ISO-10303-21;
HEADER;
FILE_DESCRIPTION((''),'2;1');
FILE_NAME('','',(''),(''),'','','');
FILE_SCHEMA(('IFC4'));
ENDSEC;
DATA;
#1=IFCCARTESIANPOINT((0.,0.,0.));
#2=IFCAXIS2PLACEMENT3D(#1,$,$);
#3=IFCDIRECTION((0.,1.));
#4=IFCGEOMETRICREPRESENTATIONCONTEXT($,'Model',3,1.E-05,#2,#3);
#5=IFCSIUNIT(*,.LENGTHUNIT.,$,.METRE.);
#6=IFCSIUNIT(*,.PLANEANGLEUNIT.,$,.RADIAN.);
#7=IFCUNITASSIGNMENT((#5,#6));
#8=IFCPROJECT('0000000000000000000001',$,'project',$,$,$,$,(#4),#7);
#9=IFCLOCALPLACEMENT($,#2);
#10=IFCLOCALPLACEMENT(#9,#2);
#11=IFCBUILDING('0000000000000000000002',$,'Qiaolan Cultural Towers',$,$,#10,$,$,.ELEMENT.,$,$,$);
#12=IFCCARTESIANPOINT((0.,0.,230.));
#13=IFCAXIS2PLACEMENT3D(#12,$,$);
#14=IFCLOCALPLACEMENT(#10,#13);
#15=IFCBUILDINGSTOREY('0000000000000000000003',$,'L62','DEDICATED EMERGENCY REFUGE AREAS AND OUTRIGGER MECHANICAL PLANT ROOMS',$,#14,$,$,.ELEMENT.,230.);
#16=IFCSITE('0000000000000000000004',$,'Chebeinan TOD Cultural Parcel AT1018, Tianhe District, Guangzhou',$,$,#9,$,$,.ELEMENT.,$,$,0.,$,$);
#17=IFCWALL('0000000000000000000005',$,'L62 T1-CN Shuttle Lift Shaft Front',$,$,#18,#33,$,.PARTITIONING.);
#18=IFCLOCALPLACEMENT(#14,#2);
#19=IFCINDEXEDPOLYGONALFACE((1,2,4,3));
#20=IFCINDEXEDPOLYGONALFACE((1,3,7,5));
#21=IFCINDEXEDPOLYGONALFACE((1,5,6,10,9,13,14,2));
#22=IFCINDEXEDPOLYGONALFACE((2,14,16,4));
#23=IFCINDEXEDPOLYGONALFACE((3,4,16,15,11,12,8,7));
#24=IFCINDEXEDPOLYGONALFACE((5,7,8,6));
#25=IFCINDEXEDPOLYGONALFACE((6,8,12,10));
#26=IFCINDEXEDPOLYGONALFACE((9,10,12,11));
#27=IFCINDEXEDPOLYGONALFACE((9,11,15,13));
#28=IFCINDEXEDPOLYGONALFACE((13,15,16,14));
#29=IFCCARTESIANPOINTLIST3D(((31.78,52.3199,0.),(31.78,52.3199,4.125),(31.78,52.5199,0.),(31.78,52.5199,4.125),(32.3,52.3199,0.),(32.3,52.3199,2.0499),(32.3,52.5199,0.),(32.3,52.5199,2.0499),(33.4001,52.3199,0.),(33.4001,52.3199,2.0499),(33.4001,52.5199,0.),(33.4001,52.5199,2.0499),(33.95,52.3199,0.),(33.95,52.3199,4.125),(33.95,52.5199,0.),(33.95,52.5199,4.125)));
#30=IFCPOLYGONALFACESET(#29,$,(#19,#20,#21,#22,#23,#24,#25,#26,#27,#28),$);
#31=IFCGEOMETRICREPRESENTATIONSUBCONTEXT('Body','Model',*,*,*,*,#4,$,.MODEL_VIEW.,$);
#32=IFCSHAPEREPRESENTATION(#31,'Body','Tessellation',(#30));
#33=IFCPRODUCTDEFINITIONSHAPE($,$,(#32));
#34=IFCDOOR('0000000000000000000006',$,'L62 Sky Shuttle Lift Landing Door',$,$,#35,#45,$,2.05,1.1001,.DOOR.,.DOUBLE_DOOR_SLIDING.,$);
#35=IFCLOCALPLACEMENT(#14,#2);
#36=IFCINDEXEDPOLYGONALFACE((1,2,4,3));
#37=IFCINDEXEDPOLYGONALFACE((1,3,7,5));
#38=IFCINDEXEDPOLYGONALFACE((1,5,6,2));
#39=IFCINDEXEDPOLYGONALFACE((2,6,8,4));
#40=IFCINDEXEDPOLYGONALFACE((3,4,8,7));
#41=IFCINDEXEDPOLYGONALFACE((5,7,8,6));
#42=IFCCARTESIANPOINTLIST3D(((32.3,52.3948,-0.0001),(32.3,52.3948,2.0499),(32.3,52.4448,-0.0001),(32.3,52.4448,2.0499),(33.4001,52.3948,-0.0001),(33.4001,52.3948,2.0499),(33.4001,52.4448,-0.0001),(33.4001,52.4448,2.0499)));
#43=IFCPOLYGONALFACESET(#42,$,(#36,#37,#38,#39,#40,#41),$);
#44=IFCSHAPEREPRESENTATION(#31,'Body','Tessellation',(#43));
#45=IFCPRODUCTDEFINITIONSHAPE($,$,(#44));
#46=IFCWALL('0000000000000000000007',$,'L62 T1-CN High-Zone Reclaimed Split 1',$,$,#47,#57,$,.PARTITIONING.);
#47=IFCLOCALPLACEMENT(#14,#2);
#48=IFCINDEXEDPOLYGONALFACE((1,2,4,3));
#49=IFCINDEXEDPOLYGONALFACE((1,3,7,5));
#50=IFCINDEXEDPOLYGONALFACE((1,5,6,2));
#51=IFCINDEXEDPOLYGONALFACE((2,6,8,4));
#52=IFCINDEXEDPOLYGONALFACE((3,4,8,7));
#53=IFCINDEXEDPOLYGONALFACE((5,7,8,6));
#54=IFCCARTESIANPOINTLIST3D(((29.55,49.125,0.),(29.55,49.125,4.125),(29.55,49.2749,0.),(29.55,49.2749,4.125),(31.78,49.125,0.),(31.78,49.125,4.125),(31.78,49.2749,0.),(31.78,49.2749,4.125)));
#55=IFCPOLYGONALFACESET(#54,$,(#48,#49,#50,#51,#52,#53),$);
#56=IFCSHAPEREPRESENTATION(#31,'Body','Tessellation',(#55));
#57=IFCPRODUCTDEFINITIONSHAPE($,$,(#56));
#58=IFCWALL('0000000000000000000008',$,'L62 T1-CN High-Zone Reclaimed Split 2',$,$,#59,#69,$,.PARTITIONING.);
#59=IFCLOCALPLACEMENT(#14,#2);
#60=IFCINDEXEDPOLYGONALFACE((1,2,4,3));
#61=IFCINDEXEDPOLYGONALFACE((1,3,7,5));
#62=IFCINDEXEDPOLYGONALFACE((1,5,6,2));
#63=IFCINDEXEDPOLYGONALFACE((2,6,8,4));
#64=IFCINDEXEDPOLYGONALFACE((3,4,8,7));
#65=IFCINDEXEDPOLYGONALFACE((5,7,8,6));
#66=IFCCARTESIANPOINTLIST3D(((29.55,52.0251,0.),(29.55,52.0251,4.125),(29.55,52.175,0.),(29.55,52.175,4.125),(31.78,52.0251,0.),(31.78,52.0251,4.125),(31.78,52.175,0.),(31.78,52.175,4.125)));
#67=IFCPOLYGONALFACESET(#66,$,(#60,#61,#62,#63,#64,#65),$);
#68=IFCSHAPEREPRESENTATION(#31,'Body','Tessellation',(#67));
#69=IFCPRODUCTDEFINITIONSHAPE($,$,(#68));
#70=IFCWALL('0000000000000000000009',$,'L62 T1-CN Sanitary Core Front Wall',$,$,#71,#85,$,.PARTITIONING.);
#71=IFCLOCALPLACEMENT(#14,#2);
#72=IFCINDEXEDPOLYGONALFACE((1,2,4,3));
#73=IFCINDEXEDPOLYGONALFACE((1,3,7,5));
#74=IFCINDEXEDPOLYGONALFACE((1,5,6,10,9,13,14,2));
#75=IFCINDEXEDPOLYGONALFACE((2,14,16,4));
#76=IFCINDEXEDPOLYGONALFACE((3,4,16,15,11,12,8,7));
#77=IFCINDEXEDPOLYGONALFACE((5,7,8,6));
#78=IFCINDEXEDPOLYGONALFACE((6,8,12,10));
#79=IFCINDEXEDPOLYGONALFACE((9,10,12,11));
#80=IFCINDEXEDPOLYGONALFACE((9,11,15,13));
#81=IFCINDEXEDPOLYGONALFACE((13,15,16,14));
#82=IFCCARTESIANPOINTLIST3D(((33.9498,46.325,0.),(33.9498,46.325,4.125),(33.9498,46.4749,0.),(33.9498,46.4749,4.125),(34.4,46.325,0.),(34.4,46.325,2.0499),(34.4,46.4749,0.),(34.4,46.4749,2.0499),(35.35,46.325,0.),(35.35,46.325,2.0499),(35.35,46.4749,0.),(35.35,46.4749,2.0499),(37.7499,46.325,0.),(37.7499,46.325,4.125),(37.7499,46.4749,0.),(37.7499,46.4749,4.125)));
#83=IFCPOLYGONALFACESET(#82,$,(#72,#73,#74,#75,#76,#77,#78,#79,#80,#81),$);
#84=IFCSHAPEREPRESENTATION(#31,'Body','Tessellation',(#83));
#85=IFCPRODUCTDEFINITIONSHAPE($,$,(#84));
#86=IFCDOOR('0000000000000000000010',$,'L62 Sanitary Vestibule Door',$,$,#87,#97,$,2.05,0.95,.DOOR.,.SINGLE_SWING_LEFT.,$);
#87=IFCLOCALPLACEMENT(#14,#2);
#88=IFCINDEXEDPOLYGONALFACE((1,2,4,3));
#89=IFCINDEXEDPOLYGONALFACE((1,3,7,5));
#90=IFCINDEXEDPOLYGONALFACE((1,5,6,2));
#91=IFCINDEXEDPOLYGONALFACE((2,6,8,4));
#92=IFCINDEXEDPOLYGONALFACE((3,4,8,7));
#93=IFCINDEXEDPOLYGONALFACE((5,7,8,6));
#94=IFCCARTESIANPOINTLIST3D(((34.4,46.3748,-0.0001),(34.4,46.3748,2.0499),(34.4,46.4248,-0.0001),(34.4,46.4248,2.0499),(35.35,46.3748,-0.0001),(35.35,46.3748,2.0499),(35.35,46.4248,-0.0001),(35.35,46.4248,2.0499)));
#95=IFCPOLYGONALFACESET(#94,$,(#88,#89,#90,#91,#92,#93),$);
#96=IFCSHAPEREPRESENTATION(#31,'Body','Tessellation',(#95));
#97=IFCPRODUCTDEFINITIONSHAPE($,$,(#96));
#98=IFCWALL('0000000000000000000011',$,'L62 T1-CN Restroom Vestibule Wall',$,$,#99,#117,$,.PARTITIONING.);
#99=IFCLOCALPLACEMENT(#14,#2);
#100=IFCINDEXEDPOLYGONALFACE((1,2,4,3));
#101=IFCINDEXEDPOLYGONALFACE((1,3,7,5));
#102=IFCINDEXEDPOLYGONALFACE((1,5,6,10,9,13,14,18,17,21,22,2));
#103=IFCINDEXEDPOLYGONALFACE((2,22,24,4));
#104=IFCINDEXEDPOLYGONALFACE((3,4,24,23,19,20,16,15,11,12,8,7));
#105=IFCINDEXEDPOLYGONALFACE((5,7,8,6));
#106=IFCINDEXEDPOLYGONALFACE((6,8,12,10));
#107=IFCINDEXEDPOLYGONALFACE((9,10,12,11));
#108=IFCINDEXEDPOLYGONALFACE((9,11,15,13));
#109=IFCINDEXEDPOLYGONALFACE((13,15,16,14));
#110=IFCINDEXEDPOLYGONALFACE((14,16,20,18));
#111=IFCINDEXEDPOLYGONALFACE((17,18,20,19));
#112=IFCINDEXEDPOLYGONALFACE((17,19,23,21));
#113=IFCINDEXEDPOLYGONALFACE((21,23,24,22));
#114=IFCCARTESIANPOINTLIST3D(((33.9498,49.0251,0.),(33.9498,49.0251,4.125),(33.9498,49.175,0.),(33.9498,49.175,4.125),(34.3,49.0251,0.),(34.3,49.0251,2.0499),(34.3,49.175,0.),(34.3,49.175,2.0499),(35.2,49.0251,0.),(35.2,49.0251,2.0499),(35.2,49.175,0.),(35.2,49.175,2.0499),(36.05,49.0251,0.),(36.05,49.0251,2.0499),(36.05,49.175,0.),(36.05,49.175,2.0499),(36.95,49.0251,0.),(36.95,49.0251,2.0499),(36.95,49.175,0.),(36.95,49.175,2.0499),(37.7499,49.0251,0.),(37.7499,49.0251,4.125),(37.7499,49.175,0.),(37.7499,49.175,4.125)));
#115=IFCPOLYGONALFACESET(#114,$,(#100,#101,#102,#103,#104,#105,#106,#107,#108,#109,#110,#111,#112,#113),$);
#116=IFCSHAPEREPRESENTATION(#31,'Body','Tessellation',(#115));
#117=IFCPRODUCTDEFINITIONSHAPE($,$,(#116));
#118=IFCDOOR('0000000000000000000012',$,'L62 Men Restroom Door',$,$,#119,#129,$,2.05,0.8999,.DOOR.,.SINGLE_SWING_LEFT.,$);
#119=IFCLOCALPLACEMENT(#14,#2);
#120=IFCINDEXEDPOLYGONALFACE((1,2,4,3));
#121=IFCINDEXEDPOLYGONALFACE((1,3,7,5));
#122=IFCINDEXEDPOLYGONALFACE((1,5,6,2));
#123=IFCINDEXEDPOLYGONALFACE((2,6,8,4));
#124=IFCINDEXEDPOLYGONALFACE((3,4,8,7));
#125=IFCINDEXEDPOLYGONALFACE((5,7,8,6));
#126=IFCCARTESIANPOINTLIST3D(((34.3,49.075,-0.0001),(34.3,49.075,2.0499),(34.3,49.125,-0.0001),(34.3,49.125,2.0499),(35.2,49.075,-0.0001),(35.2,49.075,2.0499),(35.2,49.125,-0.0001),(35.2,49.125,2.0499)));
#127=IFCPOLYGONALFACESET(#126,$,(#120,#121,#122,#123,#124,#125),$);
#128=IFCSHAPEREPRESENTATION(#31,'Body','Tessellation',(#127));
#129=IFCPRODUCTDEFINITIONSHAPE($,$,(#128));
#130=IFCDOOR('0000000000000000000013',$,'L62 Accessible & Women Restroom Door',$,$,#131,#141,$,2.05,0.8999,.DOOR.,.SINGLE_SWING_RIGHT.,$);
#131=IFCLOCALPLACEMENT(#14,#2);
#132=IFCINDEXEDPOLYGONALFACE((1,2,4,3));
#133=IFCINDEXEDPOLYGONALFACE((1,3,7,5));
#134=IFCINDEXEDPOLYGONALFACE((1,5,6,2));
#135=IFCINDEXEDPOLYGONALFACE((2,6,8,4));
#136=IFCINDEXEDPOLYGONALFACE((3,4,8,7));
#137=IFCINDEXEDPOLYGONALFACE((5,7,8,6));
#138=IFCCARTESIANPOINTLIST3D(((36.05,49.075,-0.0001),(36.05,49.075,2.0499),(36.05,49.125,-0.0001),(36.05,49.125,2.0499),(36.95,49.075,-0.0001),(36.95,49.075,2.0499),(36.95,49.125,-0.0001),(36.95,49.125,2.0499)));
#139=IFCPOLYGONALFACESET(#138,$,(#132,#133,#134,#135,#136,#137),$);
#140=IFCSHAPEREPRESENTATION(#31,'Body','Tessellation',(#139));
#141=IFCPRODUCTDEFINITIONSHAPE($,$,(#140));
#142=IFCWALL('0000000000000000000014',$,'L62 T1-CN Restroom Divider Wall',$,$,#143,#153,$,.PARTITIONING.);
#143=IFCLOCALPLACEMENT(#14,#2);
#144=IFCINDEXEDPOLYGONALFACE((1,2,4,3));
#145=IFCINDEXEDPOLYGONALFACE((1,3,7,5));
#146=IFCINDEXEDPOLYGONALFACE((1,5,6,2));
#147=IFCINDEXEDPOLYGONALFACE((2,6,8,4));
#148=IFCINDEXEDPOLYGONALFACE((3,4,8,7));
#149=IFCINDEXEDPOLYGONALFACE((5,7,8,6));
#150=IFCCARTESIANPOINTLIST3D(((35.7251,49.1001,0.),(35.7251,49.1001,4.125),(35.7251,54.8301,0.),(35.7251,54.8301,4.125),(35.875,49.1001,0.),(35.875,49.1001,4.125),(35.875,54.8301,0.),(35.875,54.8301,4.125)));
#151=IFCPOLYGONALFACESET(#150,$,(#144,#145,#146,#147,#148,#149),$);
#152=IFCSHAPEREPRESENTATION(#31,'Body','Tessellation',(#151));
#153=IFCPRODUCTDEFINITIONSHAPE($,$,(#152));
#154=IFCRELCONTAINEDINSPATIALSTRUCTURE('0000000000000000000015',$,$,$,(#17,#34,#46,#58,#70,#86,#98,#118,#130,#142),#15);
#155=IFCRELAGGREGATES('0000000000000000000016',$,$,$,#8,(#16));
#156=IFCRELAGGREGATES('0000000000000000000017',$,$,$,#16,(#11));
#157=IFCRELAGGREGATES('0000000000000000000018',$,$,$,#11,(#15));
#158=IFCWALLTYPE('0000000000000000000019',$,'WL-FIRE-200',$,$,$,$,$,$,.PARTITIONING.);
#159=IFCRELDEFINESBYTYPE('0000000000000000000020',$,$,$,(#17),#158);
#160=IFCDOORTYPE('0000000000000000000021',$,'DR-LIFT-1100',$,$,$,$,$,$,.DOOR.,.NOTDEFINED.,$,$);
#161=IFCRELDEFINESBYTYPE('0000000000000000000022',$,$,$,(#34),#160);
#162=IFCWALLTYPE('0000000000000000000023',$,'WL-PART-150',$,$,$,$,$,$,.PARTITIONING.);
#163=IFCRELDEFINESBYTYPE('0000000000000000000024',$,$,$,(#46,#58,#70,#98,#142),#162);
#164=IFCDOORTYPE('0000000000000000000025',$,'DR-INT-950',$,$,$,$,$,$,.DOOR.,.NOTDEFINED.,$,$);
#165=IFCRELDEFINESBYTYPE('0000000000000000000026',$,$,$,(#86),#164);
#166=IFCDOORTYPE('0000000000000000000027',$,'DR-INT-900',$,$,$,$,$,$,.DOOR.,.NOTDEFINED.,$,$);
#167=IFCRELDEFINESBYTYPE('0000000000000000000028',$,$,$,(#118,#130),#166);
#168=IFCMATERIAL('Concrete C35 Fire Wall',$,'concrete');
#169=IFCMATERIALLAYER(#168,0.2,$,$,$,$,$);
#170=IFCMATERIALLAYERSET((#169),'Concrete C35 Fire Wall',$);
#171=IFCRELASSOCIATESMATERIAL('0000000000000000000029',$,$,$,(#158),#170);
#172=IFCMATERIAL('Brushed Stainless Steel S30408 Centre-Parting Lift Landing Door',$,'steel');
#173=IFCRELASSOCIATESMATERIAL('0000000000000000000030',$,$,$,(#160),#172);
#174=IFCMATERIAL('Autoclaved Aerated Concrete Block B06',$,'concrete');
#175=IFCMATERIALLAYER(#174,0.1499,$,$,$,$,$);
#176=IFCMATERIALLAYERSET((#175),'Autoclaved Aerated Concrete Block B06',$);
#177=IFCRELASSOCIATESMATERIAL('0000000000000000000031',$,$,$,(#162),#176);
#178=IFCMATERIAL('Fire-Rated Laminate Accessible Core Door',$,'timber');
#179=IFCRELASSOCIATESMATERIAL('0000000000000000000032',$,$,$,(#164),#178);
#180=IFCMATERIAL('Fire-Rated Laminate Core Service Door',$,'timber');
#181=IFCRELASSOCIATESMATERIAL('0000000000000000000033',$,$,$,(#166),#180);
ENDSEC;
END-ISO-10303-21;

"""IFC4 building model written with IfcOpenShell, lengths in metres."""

from ifc_helpers import new_model, si_unit, direction, frame, frame_2d, origin, place, context, subcontext, project, spatial, rectangle, extrude, material, layer, layer_set, type_object, element, fill, save


model = new_model("IFC4")

# Units and contexts
model_context = context("Model", 3, precision=1e-05, world=origin(), true_north=direction((0.0, 1.0)))
body_context = subcontext(model_context, "Body", "Model", "MODEL_VIEW")
ifc_project = project(units=[si_unit("LENGTHUNIT", "METRE"), si_unit("PLANEANGLEUNIT", "RADIAN")], contexts=[model_context])

# Site, building, storey
site_placement = place(None, origin())
site = spatial("IfcSite", under=ifc_project, at=site_placement, Name="Chebeinan TOD Cultural Parcel AT1018, Tianhe District, Guangzhou", CompositionType="ELEMENT", RefElevation=0.0)
building_placement = place(site_placement, origin())
building = spatial("IfcBuilding", under=site, at=building_placement, Name="Qiaolan Cultural Towers", CompositionType="ELEMENT")
storey_placement = place(building_placement, frame((0.0, 0.0, 230.0)))
storey = spatial("IfcBuildingStorey", under=building, at=storey_placement, Name="L62", Description="DEDICATED EMERGENCY REFUGE AREAS AND OUTRIGGER MECHANICAL PLANT ROOMS", CompositionType="ELEMENT", Elevation=230.0)

# Shared definitions
ifc_material_1 = material(Name="Concrete C35 Fire Wall", Category="concrete")
ifc_layer_1 = layer(ifc_material_1, 0.2)
ifc_layer_set_1 = layer_set([ifc_layer_1], Name="Concrete C35 Fire Wall")
wall_type_1 = type_object("IfcWallType", Name="WL-FIRE-200", PredefinedType="PARTITIONING", material=ifc_layer_set_1)
ifc_material_2 = material(Name="Brushed Stainless Steel S30408 Centre-Parting Lift Landing Door", Category="steel")
door_type_1 = type_object("IfcDoorType", Name="DR-LIFT-1100", OperationType="NOTDEFINED", PredefinedType="DOOR", material=ifc_material_2)

# Wall, opening, door
wall_1_placement = place(storey_placement, frame((31.78, 52.4199, 0.0), z_axis=(0.0, 0.0, 1.0), x_axis=(1.0, 0.0, 0.0)))
wall_1 = element("IfcWall", 1, at=wall_1_placement, inside=storey, type_object=wall_type_1, Name="L62 T1-CN Shuttle Lift Shaft Front", PredefinedType="PARTITIONING", context=body_context, shape_type="SweptSolid", body=[
    extrude(rectangle(XDim=2.1699, YDim=0.2, at=frame_2d((1.085, 0.0))), origin(), (0.0, 0.0, 1.0), 4.125),
])
opening_1_placement = place(wall_1_placement, frame((0.52, 0.0, 0.0)))
opening_1 = element("IfcOpeningElement", 2, at=opening_1_placement, cuts=wall_1, PredefinedType="OPENING", context=body_context, shape_type="SweptSolid", body=[
    extrude(rectangle(XDim=1.1001, YDim=2.05, at=frame_2d((0.55, 1.0249))), frame((0.0, 0.1099, 0.0), z_axis=(0.0, -1.0, 0.0), x_axis=(1.0, 0.0, 0.0)), (0.0, 0.0, 1.0), 0.22),
])
door_1_placement = place(opening_1_placement, origin())
door_1 = element("IfcDoor", 3, at=door_1_placement, inside=storey, type_object=door_type_1, Name="L62 Sky Shuttle Lift Landing Door", OperationType="DOUBLE_DOOR_SLIDING", OverallHeight=2.05, OverallWidth=1.1001, PredefinedType="DOOR", context=body_context, shape_type="SweptSolid", body=[
    extrude(rectangle(XDim=1.1001, YDim=2.05, at=frame_2d((0.55, 1.0249))), frame((0.0, 0.0249, 0.0), z_axis=(0.0, -1.0, 0.0), x_axis=(1.0, 0.0, 0.0)), (0.0, 0.0, 1.0), 0.05),
])
fill(opening_1, door_1)

# Walls
ifc_material_3 = material(Name="Autoclaved Aerated Concrete Block B06", Category="concrete")
ifc_layer_2 = layer(ifc_material_3, 0.1499)
ifc_layer_set_2 = layer_set([ifc_layer_2], Name="Autoclaved Aerated Concrete Block B06")
wall_type_2 = type_object("IfcWallType", Name="WL-PART-150", PredefinedType="PARTITIONING", material=ifc_layer_set_2)
for number, where, z_axis, x_axis, name in (
    (4, (29.55, 49.2, 0.0), (0.0, 0.0, 1.0), (1.0, 0.0, 0.0), "L62 T1-CN High-Zone Reclaimed Split 1"),
    (5, (29.55, 52.1001, 0.0), (0.0, 0.0, 1.0), (1.0, 0.0, 0.0), "L62 T1-CN High-Zone Reclaimed Split 2"),
):
    element("IfcWall", number, at=place(storey_placement, frame(where, z_axis=z_axis, x_axis=x_axis)), inside=storey, type_object=wall_type_2, Name=name, PredefinedType="PARTITIONING", context=body_context, shape_type="SweptSolid", body=[
        extrude(rectangle(XDim=2.23, YDim=0.1499, at=frame_2d((1.115, 0.0))), origin(), (0.0, 0.0, 1.0), 4.125),
    ])

# Wall, opening, door
wall_2_placement = place(storey_placement, frame((33.95, 46.3999, 0.0), z_axis=(0.0, 0.0, 1.0), x_axis=(1.0, 0.0, 0.0)))
wall_2 = element("IfcWall", 6, at=wall_2_placement, inside=storey, type_object=wall_type_2, Name="L62 T1-CN Sanitary Core Front Wall", PredefinedType="PARTITIONING", context=body_context, shape_type="SweptSolid", body=[
    extrude(rectangle(XDim=3.8, YDim=0.1499, at=frame_2d((1.8999, 0.0))), origin(), (0.0, 0.0, 1.0), 4.125),
])
opening_2_placement = place(wall_2_placement, frame((0.45, 0.0, 0.0)))
opening_2 = element("IfcOpeningElement", 7, at=opening_2_placement, cuts=wall_2, PredefinedType="OPENING", context=body_context, shape_type="SweptSolid", body=[
    extrude(rectangle(XDim=0.95, YDim=2.05, at=frame_2d((0.4751, 1.0249))), frame((0.0, 0.085, 0.0), z_axis=(0.0, -1.0, 0.0), x_axis=(1.0, 0.0, 0.0)), (0.0, 0.0, 1.0), 0.1699),
])
ifc_material_4 = material(Name="Fire-Rated Laminate Accessible Core Door", Category="timber")
door_type_2 = type_object("IfcDoorType", Name="DR-INT-950", OperationType="NOTDEFINED", PredefinedType="DOOR", material=ifc_material_4)
door_2_placement = place(opening_2_placement, origin())
door_2 = element("IfcDoor", 8, at=door_2_placement, inside=storey, type_object=door_type_2, Name="L62 Sanitary Vestibule Door", OperationType="SINGLE_SWING_LEFT", OverallHeight=2.05, OverallWidth=0.95, PredefinedType="DOOR", context=body_context, shape_type="SweptSolid", body=[
    extrude(rectangle(XDim=0.95, YDim=2.05, at=frame_2d((0.4751, 1.0249))), frame((0.0, 0.0249, 0.0), z_axis=(0.0, -1.0, 0.0), x_axis=(1.0, 0.0, 0.0)), (0.0, 0.0, 1.0), 0.05),
])
fill(opening_2, door_2)

# Wall, openings, doors
wall_3_placement = place(storey_placement, frame((33.95, 49.1001, 0.0), z_axis=(0.0, 0.0, 1.0), x_axis=(1.0, 0.0, 0.0)))
wall_3 = element("IfcWall", 9, at=wall_3_placement, inside=storey, type_object=wall_type_2, Name="L62 T1-CN Restroom Vestibule Wall", PredefinedType="PARTITIONING", context=body_context, shape_type="SweptSolid", body=[
    extrude(rectangle(XDim=3.8, YDim=0.1499, at=frame_2d((1.8999, 0.0))), origin(), (0.0, 0.0, 1.0), 4.125),
])
opening_3_placement = place(wall_3_placement, frame((0.3501, 0.0, 0.0)))
opening_3 = element("IfcOpeningElement", 10, at=opening_3_placement, cuts=wall_3, PredefinedType="OPENING", context=body_context, shape_type="SweptSolid", body=[
    extrude(rectangle(XDim=0.8999, YDim=2.05, at=frame_2d((0.45, 1.0249))), frame((0.0, 0.085, 0.0), z_axis=(0.0, -1.0, 0.0), x_axis=(1.0, 0.0, 0.0)), (0.0, 0.0, 1.0), 0.1699),
])
opening_4_placement = place(wall_3_placement, frame((2.1001, 0.0, 0.0)))
opening_4 = element("IfcOpeningElement", 11, at=opening_4_placement, cuts=wall_3, PredefinedType="OPENING", context=body_context, shape_type="SweptSolid", body=[
    extrude(rectangle(XDim=0.8999, YDim=2.05, at=frame_2d((0.45, 1.0249))), frame((0.0, 0.085, 0.0), z_axis=(0.0, -1.0, 0.0), x_axis=(1.0, 0.0, 0.0)), (0.0, 0.0, 1.0), 0.1699),
])
ifc_material_5 = material(Name="Fire-Rated Laminate Core Service Door", Category="timber")
door_type_3 = type_object("IfcDoorType", Name="DR-INT-900", OperationType="NOTDEFINED", PredefinedType="DOOR", material=ifc_material_5)
door_3_placement = place(opening_3_placement, origin())
door_3 = element("IfcDoor", 12, at=door_3_placement, inside=storey, type_object=door_type_3, Name="L62 Men Restroom Door", OperationType="SINGLE_SWING_LEFT", OverallHeight=2.05, OverallWidth=0.8999, PredefinedType="DOOR", context=body_context, shape_type="SweptSolid", body=[
    extrude(rectangle(XDim=0.8999, YDim=2.05, at=frame_2d((0.45, 1.0249))), frame((0.0, 0.0249, 0.0), z_axis=(0.0, -1.0, 0.0), x_axis=(1.0, 0.0, 0.0)), (0.0, 0.0, 1.0), 0.05),
])
fill(opening_3, door_3)
door_4_placement = place(opening_4_placement, origin())
door_4 = element("IfcDoor", 13, at=door_4_placement, inside=storey, type_object=door_type_3, Name="L62 Accessible & Women Restroom Door", OperationType="SINGLE_SWING_RIGHT", OverallHeight=2.05, OverallWidth=0.8999, PredefinedType="DOOR", context=body_context, shape_type="SweptSolid", body=[
    extrude(rectangle(XDim=0.8999, YDim=2.05, at=frame_2d((0.45, 1.0249))), frame((0.0, 0.0249, 0.0), z_axis=(0.0, -1.0, 0.0), x_axis=(1.0, 0.0, 0.0)), (0.0, 0.0, 1.0), 0.05),
])
fill(opening_4, door_4)

# Wall
wall_4_placement = place(storey_placement, frame((35.8, 49.1001, 0.0), z_axis=(0.0, 0.0, 1.0), x_axis=(0.0, 1.0, 0.0)))
element("IfcWall", 14, at=wall_4_placement, inside=storey, type_object=wall_type_2, Name="L62 T1-CN Restroom Divider Wall", PredefinedType="PARTITIONING", context=body_context, shape_type="SweptSolid", body=[
    extrude(rectangle(XDim=5.73, YDim=0.1499, at=frame_2d((2.865, 0.0))), origin(), (0.0, 0.0, 1.0), 4.125),
])

save(model, "model.ifc")
